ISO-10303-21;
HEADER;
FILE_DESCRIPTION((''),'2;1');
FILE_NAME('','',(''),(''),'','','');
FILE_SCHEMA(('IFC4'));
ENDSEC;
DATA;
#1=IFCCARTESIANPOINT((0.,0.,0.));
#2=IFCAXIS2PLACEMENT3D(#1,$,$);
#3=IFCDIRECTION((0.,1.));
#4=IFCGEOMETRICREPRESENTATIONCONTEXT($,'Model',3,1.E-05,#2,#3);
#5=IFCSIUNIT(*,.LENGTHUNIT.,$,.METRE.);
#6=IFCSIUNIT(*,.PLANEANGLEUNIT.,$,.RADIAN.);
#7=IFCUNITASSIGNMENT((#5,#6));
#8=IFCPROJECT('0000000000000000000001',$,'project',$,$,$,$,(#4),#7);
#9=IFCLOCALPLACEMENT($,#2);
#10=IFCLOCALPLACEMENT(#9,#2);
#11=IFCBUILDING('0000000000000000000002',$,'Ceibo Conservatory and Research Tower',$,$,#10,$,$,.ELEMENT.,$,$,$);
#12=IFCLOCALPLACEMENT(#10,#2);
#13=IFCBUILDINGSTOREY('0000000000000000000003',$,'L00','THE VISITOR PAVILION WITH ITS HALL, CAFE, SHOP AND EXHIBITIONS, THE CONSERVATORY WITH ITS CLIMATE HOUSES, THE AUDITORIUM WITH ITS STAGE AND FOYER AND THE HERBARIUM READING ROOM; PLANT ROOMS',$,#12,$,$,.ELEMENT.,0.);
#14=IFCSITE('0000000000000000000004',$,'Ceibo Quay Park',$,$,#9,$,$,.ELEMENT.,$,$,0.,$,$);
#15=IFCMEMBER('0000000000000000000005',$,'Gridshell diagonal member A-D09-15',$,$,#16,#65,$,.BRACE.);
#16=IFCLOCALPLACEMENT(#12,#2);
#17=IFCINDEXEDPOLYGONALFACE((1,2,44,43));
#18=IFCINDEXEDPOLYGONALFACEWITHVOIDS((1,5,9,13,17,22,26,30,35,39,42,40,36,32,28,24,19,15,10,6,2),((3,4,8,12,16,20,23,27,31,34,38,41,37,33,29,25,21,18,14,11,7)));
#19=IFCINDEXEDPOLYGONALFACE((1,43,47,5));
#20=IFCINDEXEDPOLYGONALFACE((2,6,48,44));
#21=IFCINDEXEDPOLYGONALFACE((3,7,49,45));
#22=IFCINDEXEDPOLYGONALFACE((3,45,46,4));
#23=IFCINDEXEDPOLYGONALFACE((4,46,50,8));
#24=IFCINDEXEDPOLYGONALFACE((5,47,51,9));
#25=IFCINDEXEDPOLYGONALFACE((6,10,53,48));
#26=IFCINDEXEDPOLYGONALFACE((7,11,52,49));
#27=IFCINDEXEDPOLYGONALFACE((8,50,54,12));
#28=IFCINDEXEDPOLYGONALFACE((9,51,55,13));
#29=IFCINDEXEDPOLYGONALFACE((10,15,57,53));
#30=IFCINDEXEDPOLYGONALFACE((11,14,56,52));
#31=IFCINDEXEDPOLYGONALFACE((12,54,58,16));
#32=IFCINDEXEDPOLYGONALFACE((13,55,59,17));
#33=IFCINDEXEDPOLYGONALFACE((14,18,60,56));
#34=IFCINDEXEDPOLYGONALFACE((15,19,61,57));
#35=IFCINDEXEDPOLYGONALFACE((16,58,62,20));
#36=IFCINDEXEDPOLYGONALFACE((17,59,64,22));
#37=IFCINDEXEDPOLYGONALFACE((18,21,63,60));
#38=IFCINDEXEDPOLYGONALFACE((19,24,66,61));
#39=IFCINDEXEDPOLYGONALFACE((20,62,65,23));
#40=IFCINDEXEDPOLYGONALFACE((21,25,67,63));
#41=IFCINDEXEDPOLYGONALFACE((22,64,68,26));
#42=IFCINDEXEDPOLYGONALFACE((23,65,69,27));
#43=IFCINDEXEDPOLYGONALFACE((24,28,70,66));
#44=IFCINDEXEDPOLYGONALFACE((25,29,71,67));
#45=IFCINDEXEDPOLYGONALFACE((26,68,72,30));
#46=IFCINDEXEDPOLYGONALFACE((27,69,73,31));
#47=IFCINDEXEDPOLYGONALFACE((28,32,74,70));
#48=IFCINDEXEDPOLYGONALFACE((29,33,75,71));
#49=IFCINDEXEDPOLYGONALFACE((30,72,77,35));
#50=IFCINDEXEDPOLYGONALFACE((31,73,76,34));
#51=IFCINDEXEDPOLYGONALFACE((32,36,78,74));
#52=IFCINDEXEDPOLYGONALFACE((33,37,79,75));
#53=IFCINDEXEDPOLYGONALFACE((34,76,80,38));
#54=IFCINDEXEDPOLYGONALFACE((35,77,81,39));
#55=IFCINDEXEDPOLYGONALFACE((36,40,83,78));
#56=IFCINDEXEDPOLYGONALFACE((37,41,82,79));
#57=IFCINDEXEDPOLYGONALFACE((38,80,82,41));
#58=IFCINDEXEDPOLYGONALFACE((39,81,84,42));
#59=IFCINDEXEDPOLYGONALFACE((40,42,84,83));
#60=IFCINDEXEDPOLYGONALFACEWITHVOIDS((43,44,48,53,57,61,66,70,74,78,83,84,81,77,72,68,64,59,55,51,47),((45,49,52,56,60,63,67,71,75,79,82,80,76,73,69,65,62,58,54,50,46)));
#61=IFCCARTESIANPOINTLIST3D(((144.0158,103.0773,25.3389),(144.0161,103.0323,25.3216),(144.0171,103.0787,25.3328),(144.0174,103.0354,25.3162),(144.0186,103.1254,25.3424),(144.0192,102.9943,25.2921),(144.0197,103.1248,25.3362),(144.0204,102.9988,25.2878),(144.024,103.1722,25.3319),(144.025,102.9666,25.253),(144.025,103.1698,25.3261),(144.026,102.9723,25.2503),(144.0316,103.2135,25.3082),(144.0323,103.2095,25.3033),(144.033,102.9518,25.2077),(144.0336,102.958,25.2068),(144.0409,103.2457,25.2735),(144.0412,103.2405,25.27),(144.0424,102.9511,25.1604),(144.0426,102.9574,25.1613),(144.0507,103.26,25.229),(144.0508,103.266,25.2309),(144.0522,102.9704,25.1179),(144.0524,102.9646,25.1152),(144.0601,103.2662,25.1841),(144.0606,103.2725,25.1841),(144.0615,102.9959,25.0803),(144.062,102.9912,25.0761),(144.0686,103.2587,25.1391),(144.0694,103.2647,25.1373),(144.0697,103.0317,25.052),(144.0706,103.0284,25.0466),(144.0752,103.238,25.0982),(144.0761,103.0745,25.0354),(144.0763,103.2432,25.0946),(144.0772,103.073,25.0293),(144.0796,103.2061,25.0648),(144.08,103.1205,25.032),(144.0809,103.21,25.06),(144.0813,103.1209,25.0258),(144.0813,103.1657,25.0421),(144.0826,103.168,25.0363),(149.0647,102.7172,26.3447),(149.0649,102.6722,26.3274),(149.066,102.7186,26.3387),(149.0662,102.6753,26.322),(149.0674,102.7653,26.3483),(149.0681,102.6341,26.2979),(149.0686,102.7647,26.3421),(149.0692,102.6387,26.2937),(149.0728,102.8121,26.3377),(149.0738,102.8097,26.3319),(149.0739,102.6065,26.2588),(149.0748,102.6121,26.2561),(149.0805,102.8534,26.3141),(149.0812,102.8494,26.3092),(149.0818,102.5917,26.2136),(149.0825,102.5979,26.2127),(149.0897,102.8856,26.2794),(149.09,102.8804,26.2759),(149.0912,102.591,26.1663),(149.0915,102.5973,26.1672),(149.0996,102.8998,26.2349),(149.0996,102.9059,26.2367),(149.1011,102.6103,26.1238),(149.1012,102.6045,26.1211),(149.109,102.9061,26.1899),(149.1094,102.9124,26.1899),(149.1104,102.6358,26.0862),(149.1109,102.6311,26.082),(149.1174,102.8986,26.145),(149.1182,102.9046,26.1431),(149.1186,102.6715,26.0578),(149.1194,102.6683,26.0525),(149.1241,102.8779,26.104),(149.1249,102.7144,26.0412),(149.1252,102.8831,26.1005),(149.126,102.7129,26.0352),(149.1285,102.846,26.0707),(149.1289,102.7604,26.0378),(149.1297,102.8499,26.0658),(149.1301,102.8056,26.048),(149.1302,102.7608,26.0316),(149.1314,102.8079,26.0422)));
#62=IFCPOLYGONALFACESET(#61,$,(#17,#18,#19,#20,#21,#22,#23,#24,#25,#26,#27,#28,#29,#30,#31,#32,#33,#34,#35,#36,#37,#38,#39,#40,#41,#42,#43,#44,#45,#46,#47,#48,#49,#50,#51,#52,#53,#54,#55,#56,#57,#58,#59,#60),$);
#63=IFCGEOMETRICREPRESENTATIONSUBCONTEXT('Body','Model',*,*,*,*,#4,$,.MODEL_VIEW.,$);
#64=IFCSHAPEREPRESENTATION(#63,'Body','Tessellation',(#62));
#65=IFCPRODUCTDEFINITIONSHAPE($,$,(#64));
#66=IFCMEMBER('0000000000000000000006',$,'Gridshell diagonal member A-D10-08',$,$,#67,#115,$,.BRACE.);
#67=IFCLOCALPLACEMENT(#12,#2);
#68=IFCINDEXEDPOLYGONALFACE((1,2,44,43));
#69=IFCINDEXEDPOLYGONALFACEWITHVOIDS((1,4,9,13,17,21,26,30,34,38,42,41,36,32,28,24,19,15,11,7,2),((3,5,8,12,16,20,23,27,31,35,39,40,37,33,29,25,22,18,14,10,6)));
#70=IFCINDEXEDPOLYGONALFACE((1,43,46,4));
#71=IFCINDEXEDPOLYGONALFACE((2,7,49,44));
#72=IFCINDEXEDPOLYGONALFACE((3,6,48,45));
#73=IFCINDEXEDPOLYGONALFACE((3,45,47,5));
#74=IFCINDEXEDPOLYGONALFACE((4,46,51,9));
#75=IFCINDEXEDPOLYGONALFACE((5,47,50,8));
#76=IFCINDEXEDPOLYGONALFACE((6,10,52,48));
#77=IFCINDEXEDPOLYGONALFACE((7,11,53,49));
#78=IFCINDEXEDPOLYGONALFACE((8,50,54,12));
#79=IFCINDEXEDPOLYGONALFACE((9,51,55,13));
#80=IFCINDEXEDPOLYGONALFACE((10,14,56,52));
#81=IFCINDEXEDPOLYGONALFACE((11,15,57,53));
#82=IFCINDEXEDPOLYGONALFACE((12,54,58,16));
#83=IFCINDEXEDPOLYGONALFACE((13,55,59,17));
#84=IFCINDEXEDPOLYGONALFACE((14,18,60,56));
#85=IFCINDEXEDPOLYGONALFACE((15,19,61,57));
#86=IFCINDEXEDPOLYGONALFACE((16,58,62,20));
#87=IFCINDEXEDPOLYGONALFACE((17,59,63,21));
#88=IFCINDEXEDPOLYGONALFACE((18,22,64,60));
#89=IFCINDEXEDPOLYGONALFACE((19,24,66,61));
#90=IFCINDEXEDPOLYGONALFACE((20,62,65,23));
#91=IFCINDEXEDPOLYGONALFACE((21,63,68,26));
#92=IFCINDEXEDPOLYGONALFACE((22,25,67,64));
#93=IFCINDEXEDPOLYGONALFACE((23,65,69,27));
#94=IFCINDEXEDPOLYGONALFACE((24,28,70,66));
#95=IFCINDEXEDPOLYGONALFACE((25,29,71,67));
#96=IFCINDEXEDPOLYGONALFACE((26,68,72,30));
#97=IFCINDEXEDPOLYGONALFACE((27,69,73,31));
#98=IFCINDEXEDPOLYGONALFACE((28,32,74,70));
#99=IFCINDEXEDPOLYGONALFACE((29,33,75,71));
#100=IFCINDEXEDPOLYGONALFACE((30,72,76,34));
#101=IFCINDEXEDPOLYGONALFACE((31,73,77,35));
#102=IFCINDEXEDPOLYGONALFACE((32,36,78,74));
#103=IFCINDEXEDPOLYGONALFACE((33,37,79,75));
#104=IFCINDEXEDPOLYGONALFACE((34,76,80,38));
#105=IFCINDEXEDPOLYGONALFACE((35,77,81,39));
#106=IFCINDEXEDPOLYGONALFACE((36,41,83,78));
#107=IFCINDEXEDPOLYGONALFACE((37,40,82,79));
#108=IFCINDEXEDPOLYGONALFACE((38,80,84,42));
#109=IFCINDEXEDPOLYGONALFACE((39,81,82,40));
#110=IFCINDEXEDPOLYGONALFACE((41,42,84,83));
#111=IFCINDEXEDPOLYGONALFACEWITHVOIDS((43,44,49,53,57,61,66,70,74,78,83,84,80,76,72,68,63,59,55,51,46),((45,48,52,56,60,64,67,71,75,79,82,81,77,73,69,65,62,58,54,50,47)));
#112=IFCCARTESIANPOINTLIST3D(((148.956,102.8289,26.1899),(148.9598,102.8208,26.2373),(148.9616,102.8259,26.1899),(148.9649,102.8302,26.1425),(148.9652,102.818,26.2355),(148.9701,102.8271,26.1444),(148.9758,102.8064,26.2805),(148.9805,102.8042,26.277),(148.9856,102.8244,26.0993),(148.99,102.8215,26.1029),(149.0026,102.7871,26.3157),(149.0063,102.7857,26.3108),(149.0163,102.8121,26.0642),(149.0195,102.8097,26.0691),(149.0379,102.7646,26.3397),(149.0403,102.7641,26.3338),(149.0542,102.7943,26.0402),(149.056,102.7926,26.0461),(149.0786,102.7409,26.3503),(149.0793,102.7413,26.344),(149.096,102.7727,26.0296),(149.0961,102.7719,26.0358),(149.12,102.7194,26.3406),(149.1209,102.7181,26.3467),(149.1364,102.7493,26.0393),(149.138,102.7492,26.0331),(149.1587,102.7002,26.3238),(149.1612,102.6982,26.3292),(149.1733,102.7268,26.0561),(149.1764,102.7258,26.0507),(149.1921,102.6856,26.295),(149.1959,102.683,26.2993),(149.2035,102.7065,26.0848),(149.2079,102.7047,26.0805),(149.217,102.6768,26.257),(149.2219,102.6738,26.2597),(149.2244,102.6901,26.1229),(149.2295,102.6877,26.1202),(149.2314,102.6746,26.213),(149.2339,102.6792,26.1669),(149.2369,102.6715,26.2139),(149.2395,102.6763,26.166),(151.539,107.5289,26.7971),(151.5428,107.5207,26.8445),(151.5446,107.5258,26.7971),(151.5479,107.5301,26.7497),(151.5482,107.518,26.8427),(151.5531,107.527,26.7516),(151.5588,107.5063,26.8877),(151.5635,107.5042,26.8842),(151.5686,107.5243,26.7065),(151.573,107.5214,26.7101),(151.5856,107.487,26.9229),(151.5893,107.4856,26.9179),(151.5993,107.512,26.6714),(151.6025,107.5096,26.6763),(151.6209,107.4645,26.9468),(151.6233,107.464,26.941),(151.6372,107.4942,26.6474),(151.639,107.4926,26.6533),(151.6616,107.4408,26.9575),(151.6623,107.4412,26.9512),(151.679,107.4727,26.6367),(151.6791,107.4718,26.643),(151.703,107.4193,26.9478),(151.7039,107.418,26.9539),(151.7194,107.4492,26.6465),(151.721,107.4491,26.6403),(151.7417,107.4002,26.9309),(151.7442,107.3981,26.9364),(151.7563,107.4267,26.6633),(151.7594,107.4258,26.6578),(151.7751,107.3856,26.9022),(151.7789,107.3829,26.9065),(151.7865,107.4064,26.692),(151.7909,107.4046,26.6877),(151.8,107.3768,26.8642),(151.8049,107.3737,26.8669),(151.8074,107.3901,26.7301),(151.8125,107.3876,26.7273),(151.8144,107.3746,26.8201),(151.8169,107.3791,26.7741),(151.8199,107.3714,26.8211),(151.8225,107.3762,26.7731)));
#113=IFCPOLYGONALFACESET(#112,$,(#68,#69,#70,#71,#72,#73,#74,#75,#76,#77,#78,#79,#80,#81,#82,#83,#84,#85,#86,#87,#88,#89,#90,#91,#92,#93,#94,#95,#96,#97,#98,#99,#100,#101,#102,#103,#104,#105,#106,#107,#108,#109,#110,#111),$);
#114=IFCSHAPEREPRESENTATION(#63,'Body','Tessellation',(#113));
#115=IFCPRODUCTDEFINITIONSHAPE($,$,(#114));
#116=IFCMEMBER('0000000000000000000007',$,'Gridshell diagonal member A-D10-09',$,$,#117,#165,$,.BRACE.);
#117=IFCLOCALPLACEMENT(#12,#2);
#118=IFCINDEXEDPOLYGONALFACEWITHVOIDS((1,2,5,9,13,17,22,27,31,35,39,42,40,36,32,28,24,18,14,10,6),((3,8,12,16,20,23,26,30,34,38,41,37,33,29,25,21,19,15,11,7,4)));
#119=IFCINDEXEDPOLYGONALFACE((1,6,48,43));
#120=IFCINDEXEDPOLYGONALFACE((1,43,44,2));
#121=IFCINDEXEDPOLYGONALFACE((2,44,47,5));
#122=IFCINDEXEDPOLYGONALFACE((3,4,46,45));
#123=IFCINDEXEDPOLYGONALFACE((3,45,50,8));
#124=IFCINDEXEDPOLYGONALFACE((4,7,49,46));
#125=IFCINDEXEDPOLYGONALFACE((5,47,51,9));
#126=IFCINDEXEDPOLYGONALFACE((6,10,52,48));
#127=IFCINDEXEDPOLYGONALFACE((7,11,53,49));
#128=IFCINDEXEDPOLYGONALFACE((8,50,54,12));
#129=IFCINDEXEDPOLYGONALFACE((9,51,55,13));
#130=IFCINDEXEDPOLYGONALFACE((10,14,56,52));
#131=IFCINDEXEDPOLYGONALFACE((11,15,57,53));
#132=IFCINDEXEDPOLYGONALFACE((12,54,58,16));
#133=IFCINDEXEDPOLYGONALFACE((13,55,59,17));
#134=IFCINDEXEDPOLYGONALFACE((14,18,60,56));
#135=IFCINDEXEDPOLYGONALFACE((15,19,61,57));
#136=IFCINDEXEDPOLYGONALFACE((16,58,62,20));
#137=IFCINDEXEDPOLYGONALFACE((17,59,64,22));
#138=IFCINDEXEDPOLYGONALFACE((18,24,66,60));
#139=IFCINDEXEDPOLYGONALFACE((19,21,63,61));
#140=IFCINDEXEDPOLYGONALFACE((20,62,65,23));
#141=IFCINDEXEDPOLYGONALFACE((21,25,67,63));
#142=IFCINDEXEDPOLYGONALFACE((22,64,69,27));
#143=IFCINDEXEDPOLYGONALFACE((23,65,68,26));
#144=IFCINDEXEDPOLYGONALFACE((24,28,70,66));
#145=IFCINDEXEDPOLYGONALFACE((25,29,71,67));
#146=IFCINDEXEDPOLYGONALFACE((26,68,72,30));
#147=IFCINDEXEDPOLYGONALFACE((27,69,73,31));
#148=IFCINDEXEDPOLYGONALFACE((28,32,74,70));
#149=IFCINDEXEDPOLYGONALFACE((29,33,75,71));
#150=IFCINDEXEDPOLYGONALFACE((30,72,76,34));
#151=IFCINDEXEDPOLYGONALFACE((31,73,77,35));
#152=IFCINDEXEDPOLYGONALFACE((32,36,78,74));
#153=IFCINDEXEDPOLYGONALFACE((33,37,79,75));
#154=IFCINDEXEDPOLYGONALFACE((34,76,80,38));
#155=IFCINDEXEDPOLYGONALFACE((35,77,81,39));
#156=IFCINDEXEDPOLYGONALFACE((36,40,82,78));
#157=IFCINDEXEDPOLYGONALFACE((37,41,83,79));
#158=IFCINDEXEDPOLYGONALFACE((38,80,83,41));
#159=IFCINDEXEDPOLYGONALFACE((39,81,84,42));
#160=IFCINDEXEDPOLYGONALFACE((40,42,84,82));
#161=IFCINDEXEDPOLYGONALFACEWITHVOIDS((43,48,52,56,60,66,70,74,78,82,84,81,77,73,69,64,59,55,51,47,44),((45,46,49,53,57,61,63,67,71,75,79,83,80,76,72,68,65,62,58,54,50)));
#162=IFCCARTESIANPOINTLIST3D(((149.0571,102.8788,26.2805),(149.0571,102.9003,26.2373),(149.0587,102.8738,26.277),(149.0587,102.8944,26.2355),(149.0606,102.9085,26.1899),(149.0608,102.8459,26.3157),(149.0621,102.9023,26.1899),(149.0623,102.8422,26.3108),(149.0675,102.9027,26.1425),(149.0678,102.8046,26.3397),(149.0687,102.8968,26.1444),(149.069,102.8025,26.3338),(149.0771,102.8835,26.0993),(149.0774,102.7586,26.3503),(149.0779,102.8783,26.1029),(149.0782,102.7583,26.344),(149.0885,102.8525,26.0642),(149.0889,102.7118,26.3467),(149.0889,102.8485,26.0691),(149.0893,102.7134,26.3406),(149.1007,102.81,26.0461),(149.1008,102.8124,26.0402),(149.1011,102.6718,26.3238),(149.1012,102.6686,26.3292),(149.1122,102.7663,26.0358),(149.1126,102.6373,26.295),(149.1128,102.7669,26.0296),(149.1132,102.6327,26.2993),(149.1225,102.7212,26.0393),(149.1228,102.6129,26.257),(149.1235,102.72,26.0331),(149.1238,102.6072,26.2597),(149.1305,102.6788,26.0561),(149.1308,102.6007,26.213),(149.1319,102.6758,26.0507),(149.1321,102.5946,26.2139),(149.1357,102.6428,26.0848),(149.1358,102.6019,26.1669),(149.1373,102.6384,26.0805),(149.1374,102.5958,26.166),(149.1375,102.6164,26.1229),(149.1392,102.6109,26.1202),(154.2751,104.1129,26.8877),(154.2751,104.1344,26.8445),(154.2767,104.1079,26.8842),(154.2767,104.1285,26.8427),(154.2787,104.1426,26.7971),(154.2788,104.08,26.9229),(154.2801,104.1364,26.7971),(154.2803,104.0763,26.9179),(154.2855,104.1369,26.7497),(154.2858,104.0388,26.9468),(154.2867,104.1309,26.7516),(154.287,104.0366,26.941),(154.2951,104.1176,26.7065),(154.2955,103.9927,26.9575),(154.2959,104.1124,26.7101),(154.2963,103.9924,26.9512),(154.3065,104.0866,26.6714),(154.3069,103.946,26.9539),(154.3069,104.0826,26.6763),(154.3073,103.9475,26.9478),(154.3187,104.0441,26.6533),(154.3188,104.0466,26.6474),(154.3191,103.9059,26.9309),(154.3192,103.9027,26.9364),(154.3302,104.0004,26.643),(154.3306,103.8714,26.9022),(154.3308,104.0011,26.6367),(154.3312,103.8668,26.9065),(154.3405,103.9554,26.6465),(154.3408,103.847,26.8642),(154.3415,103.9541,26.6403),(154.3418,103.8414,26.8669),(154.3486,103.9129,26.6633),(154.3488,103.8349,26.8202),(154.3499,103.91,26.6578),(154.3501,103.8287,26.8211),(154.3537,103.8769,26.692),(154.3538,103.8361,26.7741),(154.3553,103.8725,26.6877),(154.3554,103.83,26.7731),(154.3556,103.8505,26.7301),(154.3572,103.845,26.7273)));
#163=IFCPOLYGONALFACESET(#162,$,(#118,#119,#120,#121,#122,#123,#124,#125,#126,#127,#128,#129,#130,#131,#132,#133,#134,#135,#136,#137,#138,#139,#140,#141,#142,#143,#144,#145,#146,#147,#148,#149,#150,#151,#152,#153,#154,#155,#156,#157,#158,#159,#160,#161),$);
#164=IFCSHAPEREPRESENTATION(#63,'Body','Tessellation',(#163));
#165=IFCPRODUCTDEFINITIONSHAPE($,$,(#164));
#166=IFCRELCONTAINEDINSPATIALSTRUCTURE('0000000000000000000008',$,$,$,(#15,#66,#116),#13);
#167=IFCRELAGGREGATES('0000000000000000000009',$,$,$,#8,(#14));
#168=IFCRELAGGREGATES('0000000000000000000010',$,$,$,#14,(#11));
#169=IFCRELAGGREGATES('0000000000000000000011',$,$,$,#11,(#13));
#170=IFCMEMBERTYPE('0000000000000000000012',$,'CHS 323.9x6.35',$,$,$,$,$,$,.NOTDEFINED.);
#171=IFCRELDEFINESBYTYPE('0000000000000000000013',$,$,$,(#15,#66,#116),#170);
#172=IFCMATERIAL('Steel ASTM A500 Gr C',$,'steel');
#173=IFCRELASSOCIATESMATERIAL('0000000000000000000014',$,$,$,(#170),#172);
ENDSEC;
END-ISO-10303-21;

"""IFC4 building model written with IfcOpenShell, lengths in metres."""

from ifc_helpers import new_model, si_unit, direction, frame, origin, origin_2d, place, context, subcontext, project, spatial, hollow_circle, extrude, material, material_profile, profile_set, type_object, element, save


model = new_model("IFC4")

# Units and contexts
model_context = context("Model", 3, precision=1e-05, world=origin(), true_north=direction((0.0, 1.0)))
body_context = subcontext(model_context, "Body", "Model", "MODEL_VIEW")
ifc_project = project(units=[si_unit("LENGTHUNIT", "METRE"), si_unit("PLANEANGLEUNIT", "RADIAN")], contexts=[model_context])

# Site, building, storey
site_placement = place(None, origin())
site = spatial("IfcSite", under=ifc_project, at=site_placement, Name="Ceibo Quay Park", CompositionType="ELEMENT", RefElevation=0.0)
building_placement = place(site_placement, origin())
building = spatial("IfcBuilding", under=site, at=building_placement, Name="Ceibo Conservatory and Research Tower", CompositionType="ELEMENT")
storey_placement = place(building_placement, origin())
storey = spatial("IfcBuildingStorey", under=building, at=storey_placement, Name="L00", Description="THE VISITOR PAVILION WITH ITS HALL, CAFE, SHOP AND EXHIBITIONS, THE CONSERVATORY WITH ITS CLIMATE HOUSES, THE AUDITORIUM WITH ITS STAGE AND FOYER AND THE HERBARIUM READING ROOM; PLANT ROOMS", CompositionType="ELEMENT", Elevation=0.0)

# Members
ifc_material_1 = material(Name="Steel ASTM A500 Gr C", Category="steel")
ifc_material_profile_1 = material_profile(ifc_material_1, hollow_circle(Radius=0.1619, WallThickness=0.0063, at=origin_2d()), Name="CHS 323.9x6.35")
ifc_profile_set_1 = profile_set([ifc_material_profile_1], Name="Steel ASTM A500 Gr C")
member_type_1 = type_object("IfcMemberType", Name="CHS 323.9x6.35", PredefinedType="NOTDEFINED", material=ifc_profile_set_1)
member_1_placement = place(storey_placement, frame((144.0491, 103.1111, 25.1841), z_axis=(0.978336, -0.06978, 0.19491), x_axis=(0.071144, 0.997466, 0.0)))
element("IfcMember", 1, at=member_1_placement, inside=storey, type_object=member_type_1, Name="Gridshell diagonal member A-D09-15", PredefinedType="BRACE", context=body_context, shape_type="SweptSolid", body=[
    extrude(hollow_circle(Radius=0.1619, WallThickness=0.0063, at=origin_2d()), origin(), (0.0, 0.0, 1.0), 5.1606),
])
member_2_placement = place(storey_placement, frame((149.0979, 102.751, 26.1899), z_axis=(0.47858, 0.870807, 0.112498), x_axis=(-0.876371, 0.481637, 0.0)))
element("IfcMember", 2, at=member_2_placement, inside=storey, type_object=member_type_1, Name="Gridshell diagonal member A-D10-08", PredefinedType="BRACE", context=body_context, shape_type="SweptSolid", body=[
    extrude(hollow_circle(Radius=0.1619, WallThickness=0.0063, at=origin_2d()), origin(), (0.0, 0.0, 1.0), 5.3972),
])
member_3_placement = place(storey_placement, frame((149.0979, 102.751, 26.1899), z_axis=(0.966972, 0.228702, 0.112519), x_axis=(-0.230163, 0.973152, 0.0)))
element("IfcMember", 3, at=member_3_placement, inside=storey, type_object=member_type_1, Name="Gridshell diagonal member A-D10-09", PredefinedType="BRACE", context=body_context, shape_type="SweptSolid", body=[
    extrude(hollow_circle(Radius=0.1619, WallThickness=0.0063, at=origin_2d()), origin(), (0.0, 0.0, 1.0), 5.3962),
])

save(model, "model.ifc")
